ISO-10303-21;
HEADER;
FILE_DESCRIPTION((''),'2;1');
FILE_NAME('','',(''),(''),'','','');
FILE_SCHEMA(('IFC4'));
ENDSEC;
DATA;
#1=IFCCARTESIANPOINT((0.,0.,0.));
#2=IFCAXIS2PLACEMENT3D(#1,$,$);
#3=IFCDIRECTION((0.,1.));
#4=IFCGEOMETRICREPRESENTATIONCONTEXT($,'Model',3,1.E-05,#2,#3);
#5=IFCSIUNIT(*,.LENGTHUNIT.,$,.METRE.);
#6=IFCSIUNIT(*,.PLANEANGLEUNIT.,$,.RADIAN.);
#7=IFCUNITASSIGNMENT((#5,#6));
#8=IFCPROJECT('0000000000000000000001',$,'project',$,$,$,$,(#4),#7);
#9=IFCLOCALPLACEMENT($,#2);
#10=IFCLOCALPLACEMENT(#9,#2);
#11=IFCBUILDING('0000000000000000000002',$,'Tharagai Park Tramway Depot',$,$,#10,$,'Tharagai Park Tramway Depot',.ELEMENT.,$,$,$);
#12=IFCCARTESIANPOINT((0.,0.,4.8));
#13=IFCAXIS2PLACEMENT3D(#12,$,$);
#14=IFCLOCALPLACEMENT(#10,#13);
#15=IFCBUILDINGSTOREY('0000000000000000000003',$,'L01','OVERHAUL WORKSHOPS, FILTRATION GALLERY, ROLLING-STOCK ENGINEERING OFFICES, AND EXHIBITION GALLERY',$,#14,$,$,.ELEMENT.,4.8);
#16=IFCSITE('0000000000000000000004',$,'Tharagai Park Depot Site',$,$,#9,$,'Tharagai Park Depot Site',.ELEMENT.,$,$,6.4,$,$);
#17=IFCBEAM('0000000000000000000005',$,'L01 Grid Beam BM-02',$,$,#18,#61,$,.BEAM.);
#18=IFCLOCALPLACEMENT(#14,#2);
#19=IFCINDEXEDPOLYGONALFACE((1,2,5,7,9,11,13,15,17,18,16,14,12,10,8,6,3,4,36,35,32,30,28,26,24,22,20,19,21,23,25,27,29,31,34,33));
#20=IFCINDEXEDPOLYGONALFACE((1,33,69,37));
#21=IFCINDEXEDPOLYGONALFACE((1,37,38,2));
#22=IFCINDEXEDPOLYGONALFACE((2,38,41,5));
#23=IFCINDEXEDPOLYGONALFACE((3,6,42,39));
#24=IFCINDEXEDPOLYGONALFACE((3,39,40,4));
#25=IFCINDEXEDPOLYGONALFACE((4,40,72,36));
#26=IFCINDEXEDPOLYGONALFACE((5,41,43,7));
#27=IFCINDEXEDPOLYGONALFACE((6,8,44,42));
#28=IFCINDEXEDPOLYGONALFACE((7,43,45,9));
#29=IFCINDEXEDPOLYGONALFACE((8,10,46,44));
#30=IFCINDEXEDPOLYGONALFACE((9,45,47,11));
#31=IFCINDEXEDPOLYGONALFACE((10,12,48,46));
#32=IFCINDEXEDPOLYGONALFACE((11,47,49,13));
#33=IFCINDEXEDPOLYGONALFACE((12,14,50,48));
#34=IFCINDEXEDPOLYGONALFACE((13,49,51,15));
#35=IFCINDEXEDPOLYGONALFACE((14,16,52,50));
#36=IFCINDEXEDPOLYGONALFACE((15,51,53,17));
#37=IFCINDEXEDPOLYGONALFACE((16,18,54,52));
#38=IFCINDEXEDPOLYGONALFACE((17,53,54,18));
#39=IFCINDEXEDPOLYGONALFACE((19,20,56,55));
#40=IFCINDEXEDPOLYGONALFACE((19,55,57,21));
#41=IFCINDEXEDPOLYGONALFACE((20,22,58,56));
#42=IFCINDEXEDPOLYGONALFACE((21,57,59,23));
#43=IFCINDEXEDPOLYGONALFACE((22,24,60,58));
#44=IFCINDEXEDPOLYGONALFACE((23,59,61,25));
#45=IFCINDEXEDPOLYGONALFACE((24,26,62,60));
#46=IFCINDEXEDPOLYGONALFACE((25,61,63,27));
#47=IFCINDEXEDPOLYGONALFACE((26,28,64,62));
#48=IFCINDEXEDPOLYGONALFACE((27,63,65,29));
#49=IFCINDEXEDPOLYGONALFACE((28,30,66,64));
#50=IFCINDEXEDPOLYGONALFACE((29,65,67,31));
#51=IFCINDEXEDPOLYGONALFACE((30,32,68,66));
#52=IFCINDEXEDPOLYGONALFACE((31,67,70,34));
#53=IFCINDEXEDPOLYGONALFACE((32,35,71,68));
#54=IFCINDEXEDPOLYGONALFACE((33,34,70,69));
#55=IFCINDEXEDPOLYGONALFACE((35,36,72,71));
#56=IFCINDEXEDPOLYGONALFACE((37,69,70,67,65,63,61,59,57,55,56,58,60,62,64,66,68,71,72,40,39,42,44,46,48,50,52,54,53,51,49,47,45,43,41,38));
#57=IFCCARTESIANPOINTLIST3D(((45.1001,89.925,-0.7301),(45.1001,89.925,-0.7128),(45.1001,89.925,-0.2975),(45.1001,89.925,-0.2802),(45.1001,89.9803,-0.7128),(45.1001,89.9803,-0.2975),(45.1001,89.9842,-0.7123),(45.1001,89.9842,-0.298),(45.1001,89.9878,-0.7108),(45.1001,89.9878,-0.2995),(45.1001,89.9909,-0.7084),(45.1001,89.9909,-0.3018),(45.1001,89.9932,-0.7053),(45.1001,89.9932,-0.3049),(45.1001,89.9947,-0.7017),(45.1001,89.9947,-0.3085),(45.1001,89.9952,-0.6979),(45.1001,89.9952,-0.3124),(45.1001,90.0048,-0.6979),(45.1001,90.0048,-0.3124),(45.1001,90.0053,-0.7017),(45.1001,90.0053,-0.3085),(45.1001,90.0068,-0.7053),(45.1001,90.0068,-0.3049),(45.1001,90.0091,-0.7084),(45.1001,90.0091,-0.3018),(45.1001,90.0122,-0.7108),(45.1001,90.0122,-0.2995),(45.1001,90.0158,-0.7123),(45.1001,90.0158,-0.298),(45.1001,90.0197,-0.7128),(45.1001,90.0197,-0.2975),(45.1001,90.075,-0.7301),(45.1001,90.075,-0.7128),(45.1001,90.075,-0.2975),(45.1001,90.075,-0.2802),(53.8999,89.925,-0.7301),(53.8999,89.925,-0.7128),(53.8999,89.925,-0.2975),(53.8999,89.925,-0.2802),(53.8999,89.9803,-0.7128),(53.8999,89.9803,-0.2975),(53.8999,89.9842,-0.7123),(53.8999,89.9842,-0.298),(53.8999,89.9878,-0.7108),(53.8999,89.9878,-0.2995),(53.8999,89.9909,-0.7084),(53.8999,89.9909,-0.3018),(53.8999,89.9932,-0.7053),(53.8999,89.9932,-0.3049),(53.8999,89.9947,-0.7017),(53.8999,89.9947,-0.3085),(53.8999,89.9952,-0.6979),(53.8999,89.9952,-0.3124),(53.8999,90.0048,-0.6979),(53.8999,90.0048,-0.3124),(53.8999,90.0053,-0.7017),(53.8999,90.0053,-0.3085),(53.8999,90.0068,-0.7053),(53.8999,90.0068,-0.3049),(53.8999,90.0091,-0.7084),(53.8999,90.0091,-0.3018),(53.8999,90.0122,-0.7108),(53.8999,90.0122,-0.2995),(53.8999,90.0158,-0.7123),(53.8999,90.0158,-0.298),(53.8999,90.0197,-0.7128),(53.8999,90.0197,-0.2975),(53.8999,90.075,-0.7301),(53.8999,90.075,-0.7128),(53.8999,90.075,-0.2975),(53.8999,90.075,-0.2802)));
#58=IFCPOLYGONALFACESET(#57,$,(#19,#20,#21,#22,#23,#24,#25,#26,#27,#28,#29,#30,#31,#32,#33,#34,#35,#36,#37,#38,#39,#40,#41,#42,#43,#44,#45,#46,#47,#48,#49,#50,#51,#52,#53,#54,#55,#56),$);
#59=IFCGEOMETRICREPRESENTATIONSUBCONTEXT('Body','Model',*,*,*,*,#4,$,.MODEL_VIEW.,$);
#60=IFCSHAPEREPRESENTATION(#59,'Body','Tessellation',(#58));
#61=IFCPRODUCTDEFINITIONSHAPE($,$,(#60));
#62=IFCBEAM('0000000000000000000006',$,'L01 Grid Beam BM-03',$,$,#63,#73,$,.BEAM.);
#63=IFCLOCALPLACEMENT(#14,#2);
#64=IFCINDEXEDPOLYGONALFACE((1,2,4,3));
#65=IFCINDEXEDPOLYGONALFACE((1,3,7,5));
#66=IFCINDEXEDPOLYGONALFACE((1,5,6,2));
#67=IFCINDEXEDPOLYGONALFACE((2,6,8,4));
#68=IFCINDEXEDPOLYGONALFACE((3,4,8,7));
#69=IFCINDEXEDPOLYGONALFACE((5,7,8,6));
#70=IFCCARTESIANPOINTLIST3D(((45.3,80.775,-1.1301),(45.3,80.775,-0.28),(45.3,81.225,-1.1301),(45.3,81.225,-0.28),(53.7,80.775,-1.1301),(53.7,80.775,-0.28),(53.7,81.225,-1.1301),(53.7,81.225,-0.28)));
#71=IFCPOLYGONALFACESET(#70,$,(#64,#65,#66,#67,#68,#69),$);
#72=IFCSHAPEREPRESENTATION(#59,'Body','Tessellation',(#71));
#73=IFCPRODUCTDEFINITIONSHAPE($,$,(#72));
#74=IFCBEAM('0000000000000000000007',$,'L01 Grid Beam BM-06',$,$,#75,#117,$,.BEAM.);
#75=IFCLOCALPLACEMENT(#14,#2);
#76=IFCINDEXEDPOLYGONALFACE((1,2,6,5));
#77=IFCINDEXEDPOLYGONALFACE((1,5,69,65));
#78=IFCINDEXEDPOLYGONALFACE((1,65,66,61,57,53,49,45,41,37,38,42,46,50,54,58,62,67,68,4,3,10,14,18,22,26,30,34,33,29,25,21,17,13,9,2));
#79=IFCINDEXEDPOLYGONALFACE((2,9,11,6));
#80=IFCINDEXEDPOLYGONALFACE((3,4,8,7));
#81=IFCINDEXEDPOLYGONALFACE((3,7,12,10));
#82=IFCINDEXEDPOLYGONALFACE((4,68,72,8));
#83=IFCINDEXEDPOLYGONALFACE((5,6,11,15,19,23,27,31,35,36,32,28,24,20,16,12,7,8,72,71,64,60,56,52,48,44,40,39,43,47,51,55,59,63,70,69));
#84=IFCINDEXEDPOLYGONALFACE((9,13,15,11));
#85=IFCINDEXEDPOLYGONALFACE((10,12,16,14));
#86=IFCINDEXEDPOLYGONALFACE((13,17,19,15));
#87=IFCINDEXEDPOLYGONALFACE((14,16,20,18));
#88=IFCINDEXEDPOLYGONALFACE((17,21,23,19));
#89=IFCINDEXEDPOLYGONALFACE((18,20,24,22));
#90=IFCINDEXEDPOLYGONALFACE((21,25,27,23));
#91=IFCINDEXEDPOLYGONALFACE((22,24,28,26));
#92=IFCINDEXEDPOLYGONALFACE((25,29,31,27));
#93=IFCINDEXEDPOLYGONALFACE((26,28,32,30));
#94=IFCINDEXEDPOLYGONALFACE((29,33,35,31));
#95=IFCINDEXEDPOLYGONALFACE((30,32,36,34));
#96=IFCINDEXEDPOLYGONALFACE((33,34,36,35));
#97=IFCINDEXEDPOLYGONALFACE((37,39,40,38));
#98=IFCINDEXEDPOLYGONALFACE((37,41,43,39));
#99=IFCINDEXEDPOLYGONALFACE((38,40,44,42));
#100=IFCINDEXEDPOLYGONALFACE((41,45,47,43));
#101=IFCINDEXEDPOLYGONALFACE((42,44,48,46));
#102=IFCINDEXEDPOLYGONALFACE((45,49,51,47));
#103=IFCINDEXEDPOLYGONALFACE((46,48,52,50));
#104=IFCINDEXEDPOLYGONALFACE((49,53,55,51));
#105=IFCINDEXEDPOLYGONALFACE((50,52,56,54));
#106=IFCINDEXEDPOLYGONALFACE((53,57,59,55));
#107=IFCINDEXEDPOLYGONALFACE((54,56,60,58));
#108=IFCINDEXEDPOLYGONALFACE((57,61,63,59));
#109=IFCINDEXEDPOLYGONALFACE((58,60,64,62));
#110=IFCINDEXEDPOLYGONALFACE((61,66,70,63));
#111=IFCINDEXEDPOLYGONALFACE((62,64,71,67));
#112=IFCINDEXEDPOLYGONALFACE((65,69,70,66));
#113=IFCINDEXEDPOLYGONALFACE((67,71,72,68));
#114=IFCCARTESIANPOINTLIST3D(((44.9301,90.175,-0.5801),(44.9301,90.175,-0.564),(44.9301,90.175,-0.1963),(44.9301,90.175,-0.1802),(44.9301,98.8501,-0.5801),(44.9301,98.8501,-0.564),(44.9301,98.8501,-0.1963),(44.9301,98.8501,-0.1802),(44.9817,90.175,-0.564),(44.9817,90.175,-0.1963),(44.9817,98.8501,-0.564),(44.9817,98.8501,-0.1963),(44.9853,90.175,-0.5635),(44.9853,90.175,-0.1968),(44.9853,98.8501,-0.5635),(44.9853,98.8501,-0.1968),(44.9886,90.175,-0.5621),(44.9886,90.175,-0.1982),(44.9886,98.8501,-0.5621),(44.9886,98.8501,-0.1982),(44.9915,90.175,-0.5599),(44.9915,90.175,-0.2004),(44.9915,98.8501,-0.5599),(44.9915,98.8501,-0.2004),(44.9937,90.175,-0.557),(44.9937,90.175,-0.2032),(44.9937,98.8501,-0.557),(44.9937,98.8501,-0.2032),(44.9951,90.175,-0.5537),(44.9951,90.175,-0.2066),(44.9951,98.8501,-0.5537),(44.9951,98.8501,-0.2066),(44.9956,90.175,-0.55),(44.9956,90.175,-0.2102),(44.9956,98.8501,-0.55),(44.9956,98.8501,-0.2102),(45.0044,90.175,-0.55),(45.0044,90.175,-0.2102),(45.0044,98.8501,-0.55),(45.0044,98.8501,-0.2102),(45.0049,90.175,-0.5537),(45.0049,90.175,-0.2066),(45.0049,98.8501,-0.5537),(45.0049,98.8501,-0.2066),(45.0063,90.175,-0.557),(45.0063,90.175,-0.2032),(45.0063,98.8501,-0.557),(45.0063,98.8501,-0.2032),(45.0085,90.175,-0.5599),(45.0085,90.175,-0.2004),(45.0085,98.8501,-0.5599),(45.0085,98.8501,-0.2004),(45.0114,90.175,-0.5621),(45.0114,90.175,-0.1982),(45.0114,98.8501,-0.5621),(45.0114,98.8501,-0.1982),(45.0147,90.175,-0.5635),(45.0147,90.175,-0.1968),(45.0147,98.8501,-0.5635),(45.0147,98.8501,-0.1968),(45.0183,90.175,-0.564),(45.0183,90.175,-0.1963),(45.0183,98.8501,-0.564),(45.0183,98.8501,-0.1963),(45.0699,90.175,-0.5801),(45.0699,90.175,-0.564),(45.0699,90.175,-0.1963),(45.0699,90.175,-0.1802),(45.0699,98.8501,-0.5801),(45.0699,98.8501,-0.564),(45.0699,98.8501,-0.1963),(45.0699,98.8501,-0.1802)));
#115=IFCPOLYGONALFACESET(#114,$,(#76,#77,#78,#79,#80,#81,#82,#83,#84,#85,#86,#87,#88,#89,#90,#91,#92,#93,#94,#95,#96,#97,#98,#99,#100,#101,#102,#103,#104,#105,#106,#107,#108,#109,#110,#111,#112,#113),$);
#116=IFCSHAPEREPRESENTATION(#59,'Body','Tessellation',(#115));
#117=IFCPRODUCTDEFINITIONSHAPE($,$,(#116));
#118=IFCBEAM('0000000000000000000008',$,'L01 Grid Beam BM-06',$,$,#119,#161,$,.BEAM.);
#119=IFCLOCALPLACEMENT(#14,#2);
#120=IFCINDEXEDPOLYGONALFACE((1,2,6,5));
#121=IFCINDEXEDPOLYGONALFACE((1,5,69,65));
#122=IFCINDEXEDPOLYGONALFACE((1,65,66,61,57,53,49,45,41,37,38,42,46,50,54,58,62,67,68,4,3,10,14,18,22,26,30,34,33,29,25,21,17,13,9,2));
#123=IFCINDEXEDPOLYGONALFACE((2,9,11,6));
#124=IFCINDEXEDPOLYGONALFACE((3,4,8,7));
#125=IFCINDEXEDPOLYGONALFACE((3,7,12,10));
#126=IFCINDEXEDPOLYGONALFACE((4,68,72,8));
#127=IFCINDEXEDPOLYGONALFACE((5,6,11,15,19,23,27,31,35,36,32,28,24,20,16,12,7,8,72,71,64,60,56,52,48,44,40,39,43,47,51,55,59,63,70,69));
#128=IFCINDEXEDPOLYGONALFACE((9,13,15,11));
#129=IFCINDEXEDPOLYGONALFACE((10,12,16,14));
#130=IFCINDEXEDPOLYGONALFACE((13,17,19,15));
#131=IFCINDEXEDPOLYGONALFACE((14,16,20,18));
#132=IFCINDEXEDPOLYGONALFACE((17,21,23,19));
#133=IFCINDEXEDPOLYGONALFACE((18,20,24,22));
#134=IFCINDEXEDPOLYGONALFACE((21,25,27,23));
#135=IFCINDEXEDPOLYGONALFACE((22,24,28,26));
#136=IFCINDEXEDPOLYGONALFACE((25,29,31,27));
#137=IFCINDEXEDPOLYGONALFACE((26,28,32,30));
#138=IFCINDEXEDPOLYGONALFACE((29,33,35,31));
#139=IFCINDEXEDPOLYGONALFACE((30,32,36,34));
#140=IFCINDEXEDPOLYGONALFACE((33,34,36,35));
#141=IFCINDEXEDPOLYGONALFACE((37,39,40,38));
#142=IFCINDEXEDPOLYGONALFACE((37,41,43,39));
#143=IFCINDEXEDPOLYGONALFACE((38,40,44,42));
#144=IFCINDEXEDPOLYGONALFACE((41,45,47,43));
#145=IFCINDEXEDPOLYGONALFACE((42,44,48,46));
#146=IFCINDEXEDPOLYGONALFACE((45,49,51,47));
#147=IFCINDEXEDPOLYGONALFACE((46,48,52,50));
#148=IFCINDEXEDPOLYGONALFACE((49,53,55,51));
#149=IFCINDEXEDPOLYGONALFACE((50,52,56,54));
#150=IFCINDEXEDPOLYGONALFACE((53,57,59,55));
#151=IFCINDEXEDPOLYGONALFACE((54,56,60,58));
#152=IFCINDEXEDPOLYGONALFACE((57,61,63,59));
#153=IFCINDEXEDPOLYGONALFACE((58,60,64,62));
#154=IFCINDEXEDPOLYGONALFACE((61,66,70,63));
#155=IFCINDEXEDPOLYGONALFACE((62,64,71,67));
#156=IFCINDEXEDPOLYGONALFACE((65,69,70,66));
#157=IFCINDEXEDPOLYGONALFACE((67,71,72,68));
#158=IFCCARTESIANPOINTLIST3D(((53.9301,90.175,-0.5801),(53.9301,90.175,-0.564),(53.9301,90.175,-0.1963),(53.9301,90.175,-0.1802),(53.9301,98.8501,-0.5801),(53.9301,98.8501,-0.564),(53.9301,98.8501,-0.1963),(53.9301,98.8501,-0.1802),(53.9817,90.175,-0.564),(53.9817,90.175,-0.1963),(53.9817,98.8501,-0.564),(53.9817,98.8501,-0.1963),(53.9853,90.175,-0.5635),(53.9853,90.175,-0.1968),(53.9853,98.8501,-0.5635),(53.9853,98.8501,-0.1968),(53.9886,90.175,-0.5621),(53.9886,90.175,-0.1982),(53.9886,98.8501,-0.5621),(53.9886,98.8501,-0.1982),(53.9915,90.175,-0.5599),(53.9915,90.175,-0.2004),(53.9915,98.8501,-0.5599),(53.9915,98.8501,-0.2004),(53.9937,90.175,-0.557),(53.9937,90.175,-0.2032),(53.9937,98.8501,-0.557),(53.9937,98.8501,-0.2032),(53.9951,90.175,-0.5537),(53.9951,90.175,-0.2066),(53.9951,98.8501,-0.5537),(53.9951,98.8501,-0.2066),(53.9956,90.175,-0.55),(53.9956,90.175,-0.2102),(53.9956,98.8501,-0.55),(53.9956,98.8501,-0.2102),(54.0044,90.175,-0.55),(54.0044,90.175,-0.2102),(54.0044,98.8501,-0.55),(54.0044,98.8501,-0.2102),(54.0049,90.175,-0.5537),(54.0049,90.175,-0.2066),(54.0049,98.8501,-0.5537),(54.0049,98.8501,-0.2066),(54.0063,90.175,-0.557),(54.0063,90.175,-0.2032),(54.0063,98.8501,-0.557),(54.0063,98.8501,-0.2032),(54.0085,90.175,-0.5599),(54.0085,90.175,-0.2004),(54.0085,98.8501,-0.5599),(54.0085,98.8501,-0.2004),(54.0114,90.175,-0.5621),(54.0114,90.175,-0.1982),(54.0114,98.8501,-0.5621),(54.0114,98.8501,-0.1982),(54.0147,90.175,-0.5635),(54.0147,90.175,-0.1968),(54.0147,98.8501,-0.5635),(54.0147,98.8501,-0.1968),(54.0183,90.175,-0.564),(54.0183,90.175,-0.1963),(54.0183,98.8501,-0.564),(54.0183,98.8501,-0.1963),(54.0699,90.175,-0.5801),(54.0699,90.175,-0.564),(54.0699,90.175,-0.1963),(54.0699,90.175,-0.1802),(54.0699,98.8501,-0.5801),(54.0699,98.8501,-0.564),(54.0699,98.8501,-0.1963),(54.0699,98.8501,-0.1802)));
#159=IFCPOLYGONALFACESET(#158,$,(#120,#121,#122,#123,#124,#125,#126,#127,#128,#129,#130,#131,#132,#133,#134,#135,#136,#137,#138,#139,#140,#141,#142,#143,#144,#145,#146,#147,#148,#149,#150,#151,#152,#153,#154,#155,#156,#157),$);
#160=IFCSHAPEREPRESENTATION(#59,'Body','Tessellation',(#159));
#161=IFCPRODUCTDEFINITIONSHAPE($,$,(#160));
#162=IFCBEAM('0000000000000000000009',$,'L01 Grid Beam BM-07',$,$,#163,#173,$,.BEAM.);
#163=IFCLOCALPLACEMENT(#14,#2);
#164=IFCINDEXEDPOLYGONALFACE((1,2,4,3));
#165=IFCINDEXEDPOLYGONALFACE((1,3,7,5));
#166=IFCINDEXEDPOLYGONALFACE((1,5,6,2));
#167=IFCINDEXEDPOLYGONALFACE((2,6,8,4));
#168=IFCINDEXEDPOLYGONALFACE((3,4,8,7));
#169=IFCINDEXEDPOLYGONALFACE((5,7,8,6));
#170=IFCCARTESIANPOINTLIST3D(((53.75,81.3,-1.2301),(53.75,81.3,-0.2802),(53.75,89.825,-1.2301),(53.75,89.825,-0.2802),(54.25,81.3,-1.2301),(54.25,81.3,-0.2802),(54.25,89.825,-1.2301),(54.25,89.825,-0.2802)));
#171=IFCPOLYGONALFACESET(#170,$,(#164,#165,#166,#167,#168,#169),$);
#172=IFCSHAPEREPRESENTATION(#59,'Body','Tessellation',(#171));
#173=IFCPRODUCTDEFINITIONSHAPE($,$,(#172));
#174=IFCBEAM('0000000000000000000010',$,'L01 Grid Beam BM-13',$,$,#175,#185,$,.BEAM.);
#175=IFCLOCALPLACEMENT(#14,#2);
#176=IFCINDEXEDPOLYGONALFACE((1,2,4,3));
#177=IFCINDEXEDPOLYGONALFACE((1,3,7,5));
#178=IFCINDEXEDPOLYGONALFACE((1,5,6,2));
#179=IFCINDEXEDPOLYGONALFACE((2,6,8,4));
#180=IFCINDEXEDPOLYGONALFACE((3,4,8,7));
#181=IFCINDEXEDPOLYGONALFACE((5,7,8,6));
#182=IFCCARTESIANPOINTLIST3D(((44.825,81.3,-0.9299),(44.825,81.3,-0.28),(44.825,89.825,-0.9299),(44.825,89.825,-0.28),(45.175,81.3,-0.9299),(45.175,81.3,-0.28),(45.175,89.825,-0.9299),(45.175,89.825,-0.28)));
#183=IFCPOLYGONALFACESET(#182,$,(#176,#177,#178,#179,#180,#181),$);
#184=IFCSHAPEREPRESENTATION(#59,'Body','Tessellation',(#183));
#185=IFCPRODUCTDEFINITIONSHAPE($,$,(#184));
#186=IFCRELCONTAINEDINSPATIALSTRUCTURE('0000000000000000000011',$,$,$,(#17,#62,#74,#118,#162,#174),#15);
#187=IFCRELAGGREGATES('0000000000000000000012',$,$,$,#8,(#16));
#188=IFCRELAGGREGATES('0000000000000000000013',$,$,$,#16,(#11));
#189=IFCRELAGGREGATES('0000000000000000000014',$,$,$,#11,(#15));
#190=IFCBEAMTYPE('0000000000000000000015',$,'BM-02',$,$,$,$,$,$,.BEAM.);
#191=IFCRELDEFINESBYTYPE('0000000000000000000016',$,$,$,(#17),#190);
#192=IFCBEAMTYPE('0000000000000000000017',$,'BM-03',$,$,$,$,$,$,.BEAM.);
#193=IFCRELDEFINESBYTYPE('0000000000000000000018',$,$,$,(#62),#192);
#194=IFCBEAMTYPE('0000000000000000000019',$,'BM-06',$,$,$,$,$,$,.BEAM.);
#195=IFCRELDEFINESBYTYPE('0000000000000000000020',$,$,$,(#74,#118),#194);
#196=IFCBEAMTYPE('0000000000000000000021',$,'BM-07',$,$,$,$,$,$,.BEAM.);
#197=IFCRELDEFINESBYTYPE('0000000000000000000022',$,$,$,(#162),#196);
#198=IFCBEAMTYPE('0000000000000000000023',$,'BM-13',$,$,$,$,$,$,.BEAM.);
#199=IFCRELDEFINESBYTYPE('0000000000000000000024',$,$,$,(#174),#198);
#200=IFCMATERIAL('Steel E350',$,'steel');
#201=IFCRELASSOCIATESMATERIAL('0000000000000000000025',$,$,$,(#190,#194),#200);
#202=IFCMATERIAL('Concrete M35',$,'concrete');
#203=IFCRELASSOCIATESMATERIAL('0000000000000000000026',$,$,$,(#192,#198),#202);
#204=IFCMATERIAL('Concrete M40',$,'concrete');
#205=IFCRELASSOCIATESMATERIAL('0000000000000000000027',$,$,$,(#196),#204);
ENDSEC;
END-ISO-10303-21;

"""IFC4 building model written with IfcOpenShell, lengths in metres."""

from ifc_helpers import new_model, si_unit, direction, frame, origin, origin_2d, place, context, subcontext, project, spatial, rectangle, i_section, extrude, material, material_profile, profile_set, type_object, element, save


model = new_model("IFC4")

# Units and contexts
model_context = context("Model", 3, precision=1e-05, world=origin(), true_north=direction((0.0, 1.0)))
body_context = subcontext(model_context, "Body", "Model", "MODEL_VIEW")
ifc_project = project(units=[si_unit("LENGTHUNIT", "METRE"), si_unit("PLANEANGLEUNIT", "RADIAN")], contexts=[model_context])

# Site, building, storey
site_placement = place(None, origin())
site = spatial("IfcSite", under=ifc_project, at=site_placement, Name="Tharagai Park Depot Site", LongName="Tharagai Park Depot Site", CompositionType="ELEMENT", RefElevation=6.4)
building_placement = place(site_placement, origin())
building = spatial("IfcBuilding", under=site, at=building_placement, Name="Tharagai Park Tramway Depot", LongName="Tharagai Park Tramway Depot", CompositionType="ELEMENT")
storey_placement = place(building_placement, frame((0.0, 0.0, 4.8)))
storey = spatial("IfcBuildingStorey", under=building, at=storey_placement, Name="L01", Description="OVERHAUL WORKSHOPS, FILTRATION GALLERY, ROLLING-STOCK ENGINEERING OFFICES, AND EXHIBITION GALLERY", CompositionType="ELEMENT", Elevation=4.8)

# Shared definitions
ifc_material_1 = material(Name="Steel E350", Category="steel")

# Beams
ifc_material_profile_1 = material_profile(ifc_material_1, i_section(OverallWidth=0.1499, OverallDepth=0.45, WebThickness=0.0095, FlangeThickness=0.0173, FilletRadius=0.0149, at=origin_2d()), Name="ISMB 450")
ifc_profile_set_1 = profile_set([ifc_material_profile_1], Name="Steel E350")
beam_type_1 = type_object("IfcBeamType", Name="BM-02", PredefinedType="BEAM", material=ifc_profile_set_1)
beam_1_placement = place(storey_placement, frame((45.1001, 90.0, -0.5051), z_axis=(1.0, 0.0, 0.0), x_axis=(0.0, 1.0, 0.0)))
element("IfcBeam", 1, at=beam_1_placement, inside=storey, type_object=beam_type_1, Name="L01 Grid Beam BM-02", PredefinedType="BEAM", context=body_context, shape_type="SweptSolid", body=[
    extrude(i_section(OverallWidth=0.1499, OverallDepth=0.45, WebThickness=0.0095, FlangeThickness=0.0173, FilletRadius=0.0149, at=origin_2d()), origin(), (0.0, 0.0, 1.0), 8.7998),
])
ifc_material_2 = material(Name="Concrete M35", Category="concrete")
ifc_material_profile_2 = material_profile(ifc_material_2, rectangle(XDim=0.45, YDim=0.8501, at=origin_2d()), Name="RC 450x850")
ifc_profile_set_2 = profile_set([ifc_material_profile_2], Name="Concrete M35")
beam_type_2 = type_object("IfcBeamType", Name="BM-03", PredefinedType="BEAM", material=ifc_profile_set_2)
beam_2_placement = place(storey_placement, frame((45.3, 81.0, -0.7051), z_axis=(1.0, 0.0, 0.0), x_axis=(0.0, 1.0, 0.0)))
element("IfcBeam", 2, at=beam_2_placement, inside=storey, type_object=beam_type_2, Name="L01 Grid Beam BM-03", PredefinedType="BEAM", context=body_context, shape_type="SweptSolid", body=[
    extrude(rectangle(XDim=0.45, YDim=0.8501, at=origin_2d()), origin(), (0.0, 0.0, 1.0), 8.3999),
])
ifc_material_profile_3 = material_profile(ifc_material_1, i_section(OverallWidth=0.1399, OverallDepth=0.3999, WebThickness=0.0088, FlangeThickness=0.0161, FilletRadius=0.0139, at=origin_2d()), Name="ISMB 400")
ifc_profile_set_3 = profile_set([ifc_material_profile_3], Name="Steel E350")
beam_type_3 = type_object("IfcBeamType", Name="BM-06", PredefinedType="BEAM", material=ifc_profile_set_3)
for number, where, z_axis, x_axis, name in (
    (3, (45.0, 90.175, -0.3801), (0.0, 1.0, 0.0), (-1.0, 0.0, 0.0), "L01 Grid Beam BM-06"),
    (4, (54.0, 90.175, -0.3801), (0.0, 1.0, 0.0), (-1.0, 0.0, 0.0), "L01 Grid Beam BM-06"),
):
    element("IfcBeam", number, at=place(storey_placement, frame(where, z_axis=z_axis, x_axis=x_axis)), inside=storey, type_object=beam_type_3, Name=name, PredefinedType="BEAM", context=body_context, shape_type="SweptSolid", body=[
        extrude(i_section(OverallWidth=0.1399, OverallDepth=0.3999, WebThickness=0.0088, FlangeThickness=0.0161, FilletRadius=0.0139, at=origin_2d()), origin(), (0.0, 0.0, 1.0), 8.675),
    ])
ifc_material_3 = material(Name="Concrete M40", Category="concrete")
ifc_material_profile_4 = material_profile(ifc_material_3, rectangle(XDim=0.5, YDim=0.95, at=origin_2d()), Name="RC 500x950")
ifc_profile_set_4 = profile_set([ifc_material_profile_4], Name="Concrete M40")
beam_type_4 = type_object("IfcBeamType", Name="BM-07", PredefinedType="BEAM", material=ifc_profile_set_4)
beam_3_placement = place(storey_placement, frame((54.0, 81.3, -0.7551), z_axis=(0.0, 1.0, 0.0), x_axis=(-1.0, 0.0, 0.0)))
element("IfcBeam", 5, at=beam_3_placement, inside=storey, type_object=beam_type_4, Name="L01 Grid Beam BM-07", PredefinedType="BEAM", context=body_context, shape_type="SweptSolid", body=[
    extrude(rectangle(XDim=0.5, YDim=0.95, at=origin_2d()), origin(), (0.0, 0.0, 1.0), 8.5249),
])
ifc_material_profile_5 = material_profile(ifc_material_2, rectangle(XDim=0.3501, YDim=0.6499, at=origin_2d()), Name="RC 350x650")
ifc_profile_set_5 = profile_set([ifc_material_profile_5], Name="Concrete M35")
beam_type_5 = type_object("IfcBeamType", Name="BM-13", PredefinedType="BEAM", material=ifc_profile_set_5)
beam_4_placement = place(storey_placement, frame((45.0, 81.3, -0.605), z_axis=(0.0, 1.0, 0.0), x_axis=(-1.0, 0.0, 0.0)))
element("IfcBeam", 6, at=beam_4_placement, inside=storey, type_object=beam_type_5, Name="L01 Grid Beam BM-13", PredefinedType="BEAM", context=body_context, shape_type="SweptSolid", body=[
    extrude(rectangle(XDim=0.3501, YDim=0.6499, at=origin_2d()), origin(), (0.0, 0.0, 1.0), 8.5249),
])

save(model, "model.ifc")
